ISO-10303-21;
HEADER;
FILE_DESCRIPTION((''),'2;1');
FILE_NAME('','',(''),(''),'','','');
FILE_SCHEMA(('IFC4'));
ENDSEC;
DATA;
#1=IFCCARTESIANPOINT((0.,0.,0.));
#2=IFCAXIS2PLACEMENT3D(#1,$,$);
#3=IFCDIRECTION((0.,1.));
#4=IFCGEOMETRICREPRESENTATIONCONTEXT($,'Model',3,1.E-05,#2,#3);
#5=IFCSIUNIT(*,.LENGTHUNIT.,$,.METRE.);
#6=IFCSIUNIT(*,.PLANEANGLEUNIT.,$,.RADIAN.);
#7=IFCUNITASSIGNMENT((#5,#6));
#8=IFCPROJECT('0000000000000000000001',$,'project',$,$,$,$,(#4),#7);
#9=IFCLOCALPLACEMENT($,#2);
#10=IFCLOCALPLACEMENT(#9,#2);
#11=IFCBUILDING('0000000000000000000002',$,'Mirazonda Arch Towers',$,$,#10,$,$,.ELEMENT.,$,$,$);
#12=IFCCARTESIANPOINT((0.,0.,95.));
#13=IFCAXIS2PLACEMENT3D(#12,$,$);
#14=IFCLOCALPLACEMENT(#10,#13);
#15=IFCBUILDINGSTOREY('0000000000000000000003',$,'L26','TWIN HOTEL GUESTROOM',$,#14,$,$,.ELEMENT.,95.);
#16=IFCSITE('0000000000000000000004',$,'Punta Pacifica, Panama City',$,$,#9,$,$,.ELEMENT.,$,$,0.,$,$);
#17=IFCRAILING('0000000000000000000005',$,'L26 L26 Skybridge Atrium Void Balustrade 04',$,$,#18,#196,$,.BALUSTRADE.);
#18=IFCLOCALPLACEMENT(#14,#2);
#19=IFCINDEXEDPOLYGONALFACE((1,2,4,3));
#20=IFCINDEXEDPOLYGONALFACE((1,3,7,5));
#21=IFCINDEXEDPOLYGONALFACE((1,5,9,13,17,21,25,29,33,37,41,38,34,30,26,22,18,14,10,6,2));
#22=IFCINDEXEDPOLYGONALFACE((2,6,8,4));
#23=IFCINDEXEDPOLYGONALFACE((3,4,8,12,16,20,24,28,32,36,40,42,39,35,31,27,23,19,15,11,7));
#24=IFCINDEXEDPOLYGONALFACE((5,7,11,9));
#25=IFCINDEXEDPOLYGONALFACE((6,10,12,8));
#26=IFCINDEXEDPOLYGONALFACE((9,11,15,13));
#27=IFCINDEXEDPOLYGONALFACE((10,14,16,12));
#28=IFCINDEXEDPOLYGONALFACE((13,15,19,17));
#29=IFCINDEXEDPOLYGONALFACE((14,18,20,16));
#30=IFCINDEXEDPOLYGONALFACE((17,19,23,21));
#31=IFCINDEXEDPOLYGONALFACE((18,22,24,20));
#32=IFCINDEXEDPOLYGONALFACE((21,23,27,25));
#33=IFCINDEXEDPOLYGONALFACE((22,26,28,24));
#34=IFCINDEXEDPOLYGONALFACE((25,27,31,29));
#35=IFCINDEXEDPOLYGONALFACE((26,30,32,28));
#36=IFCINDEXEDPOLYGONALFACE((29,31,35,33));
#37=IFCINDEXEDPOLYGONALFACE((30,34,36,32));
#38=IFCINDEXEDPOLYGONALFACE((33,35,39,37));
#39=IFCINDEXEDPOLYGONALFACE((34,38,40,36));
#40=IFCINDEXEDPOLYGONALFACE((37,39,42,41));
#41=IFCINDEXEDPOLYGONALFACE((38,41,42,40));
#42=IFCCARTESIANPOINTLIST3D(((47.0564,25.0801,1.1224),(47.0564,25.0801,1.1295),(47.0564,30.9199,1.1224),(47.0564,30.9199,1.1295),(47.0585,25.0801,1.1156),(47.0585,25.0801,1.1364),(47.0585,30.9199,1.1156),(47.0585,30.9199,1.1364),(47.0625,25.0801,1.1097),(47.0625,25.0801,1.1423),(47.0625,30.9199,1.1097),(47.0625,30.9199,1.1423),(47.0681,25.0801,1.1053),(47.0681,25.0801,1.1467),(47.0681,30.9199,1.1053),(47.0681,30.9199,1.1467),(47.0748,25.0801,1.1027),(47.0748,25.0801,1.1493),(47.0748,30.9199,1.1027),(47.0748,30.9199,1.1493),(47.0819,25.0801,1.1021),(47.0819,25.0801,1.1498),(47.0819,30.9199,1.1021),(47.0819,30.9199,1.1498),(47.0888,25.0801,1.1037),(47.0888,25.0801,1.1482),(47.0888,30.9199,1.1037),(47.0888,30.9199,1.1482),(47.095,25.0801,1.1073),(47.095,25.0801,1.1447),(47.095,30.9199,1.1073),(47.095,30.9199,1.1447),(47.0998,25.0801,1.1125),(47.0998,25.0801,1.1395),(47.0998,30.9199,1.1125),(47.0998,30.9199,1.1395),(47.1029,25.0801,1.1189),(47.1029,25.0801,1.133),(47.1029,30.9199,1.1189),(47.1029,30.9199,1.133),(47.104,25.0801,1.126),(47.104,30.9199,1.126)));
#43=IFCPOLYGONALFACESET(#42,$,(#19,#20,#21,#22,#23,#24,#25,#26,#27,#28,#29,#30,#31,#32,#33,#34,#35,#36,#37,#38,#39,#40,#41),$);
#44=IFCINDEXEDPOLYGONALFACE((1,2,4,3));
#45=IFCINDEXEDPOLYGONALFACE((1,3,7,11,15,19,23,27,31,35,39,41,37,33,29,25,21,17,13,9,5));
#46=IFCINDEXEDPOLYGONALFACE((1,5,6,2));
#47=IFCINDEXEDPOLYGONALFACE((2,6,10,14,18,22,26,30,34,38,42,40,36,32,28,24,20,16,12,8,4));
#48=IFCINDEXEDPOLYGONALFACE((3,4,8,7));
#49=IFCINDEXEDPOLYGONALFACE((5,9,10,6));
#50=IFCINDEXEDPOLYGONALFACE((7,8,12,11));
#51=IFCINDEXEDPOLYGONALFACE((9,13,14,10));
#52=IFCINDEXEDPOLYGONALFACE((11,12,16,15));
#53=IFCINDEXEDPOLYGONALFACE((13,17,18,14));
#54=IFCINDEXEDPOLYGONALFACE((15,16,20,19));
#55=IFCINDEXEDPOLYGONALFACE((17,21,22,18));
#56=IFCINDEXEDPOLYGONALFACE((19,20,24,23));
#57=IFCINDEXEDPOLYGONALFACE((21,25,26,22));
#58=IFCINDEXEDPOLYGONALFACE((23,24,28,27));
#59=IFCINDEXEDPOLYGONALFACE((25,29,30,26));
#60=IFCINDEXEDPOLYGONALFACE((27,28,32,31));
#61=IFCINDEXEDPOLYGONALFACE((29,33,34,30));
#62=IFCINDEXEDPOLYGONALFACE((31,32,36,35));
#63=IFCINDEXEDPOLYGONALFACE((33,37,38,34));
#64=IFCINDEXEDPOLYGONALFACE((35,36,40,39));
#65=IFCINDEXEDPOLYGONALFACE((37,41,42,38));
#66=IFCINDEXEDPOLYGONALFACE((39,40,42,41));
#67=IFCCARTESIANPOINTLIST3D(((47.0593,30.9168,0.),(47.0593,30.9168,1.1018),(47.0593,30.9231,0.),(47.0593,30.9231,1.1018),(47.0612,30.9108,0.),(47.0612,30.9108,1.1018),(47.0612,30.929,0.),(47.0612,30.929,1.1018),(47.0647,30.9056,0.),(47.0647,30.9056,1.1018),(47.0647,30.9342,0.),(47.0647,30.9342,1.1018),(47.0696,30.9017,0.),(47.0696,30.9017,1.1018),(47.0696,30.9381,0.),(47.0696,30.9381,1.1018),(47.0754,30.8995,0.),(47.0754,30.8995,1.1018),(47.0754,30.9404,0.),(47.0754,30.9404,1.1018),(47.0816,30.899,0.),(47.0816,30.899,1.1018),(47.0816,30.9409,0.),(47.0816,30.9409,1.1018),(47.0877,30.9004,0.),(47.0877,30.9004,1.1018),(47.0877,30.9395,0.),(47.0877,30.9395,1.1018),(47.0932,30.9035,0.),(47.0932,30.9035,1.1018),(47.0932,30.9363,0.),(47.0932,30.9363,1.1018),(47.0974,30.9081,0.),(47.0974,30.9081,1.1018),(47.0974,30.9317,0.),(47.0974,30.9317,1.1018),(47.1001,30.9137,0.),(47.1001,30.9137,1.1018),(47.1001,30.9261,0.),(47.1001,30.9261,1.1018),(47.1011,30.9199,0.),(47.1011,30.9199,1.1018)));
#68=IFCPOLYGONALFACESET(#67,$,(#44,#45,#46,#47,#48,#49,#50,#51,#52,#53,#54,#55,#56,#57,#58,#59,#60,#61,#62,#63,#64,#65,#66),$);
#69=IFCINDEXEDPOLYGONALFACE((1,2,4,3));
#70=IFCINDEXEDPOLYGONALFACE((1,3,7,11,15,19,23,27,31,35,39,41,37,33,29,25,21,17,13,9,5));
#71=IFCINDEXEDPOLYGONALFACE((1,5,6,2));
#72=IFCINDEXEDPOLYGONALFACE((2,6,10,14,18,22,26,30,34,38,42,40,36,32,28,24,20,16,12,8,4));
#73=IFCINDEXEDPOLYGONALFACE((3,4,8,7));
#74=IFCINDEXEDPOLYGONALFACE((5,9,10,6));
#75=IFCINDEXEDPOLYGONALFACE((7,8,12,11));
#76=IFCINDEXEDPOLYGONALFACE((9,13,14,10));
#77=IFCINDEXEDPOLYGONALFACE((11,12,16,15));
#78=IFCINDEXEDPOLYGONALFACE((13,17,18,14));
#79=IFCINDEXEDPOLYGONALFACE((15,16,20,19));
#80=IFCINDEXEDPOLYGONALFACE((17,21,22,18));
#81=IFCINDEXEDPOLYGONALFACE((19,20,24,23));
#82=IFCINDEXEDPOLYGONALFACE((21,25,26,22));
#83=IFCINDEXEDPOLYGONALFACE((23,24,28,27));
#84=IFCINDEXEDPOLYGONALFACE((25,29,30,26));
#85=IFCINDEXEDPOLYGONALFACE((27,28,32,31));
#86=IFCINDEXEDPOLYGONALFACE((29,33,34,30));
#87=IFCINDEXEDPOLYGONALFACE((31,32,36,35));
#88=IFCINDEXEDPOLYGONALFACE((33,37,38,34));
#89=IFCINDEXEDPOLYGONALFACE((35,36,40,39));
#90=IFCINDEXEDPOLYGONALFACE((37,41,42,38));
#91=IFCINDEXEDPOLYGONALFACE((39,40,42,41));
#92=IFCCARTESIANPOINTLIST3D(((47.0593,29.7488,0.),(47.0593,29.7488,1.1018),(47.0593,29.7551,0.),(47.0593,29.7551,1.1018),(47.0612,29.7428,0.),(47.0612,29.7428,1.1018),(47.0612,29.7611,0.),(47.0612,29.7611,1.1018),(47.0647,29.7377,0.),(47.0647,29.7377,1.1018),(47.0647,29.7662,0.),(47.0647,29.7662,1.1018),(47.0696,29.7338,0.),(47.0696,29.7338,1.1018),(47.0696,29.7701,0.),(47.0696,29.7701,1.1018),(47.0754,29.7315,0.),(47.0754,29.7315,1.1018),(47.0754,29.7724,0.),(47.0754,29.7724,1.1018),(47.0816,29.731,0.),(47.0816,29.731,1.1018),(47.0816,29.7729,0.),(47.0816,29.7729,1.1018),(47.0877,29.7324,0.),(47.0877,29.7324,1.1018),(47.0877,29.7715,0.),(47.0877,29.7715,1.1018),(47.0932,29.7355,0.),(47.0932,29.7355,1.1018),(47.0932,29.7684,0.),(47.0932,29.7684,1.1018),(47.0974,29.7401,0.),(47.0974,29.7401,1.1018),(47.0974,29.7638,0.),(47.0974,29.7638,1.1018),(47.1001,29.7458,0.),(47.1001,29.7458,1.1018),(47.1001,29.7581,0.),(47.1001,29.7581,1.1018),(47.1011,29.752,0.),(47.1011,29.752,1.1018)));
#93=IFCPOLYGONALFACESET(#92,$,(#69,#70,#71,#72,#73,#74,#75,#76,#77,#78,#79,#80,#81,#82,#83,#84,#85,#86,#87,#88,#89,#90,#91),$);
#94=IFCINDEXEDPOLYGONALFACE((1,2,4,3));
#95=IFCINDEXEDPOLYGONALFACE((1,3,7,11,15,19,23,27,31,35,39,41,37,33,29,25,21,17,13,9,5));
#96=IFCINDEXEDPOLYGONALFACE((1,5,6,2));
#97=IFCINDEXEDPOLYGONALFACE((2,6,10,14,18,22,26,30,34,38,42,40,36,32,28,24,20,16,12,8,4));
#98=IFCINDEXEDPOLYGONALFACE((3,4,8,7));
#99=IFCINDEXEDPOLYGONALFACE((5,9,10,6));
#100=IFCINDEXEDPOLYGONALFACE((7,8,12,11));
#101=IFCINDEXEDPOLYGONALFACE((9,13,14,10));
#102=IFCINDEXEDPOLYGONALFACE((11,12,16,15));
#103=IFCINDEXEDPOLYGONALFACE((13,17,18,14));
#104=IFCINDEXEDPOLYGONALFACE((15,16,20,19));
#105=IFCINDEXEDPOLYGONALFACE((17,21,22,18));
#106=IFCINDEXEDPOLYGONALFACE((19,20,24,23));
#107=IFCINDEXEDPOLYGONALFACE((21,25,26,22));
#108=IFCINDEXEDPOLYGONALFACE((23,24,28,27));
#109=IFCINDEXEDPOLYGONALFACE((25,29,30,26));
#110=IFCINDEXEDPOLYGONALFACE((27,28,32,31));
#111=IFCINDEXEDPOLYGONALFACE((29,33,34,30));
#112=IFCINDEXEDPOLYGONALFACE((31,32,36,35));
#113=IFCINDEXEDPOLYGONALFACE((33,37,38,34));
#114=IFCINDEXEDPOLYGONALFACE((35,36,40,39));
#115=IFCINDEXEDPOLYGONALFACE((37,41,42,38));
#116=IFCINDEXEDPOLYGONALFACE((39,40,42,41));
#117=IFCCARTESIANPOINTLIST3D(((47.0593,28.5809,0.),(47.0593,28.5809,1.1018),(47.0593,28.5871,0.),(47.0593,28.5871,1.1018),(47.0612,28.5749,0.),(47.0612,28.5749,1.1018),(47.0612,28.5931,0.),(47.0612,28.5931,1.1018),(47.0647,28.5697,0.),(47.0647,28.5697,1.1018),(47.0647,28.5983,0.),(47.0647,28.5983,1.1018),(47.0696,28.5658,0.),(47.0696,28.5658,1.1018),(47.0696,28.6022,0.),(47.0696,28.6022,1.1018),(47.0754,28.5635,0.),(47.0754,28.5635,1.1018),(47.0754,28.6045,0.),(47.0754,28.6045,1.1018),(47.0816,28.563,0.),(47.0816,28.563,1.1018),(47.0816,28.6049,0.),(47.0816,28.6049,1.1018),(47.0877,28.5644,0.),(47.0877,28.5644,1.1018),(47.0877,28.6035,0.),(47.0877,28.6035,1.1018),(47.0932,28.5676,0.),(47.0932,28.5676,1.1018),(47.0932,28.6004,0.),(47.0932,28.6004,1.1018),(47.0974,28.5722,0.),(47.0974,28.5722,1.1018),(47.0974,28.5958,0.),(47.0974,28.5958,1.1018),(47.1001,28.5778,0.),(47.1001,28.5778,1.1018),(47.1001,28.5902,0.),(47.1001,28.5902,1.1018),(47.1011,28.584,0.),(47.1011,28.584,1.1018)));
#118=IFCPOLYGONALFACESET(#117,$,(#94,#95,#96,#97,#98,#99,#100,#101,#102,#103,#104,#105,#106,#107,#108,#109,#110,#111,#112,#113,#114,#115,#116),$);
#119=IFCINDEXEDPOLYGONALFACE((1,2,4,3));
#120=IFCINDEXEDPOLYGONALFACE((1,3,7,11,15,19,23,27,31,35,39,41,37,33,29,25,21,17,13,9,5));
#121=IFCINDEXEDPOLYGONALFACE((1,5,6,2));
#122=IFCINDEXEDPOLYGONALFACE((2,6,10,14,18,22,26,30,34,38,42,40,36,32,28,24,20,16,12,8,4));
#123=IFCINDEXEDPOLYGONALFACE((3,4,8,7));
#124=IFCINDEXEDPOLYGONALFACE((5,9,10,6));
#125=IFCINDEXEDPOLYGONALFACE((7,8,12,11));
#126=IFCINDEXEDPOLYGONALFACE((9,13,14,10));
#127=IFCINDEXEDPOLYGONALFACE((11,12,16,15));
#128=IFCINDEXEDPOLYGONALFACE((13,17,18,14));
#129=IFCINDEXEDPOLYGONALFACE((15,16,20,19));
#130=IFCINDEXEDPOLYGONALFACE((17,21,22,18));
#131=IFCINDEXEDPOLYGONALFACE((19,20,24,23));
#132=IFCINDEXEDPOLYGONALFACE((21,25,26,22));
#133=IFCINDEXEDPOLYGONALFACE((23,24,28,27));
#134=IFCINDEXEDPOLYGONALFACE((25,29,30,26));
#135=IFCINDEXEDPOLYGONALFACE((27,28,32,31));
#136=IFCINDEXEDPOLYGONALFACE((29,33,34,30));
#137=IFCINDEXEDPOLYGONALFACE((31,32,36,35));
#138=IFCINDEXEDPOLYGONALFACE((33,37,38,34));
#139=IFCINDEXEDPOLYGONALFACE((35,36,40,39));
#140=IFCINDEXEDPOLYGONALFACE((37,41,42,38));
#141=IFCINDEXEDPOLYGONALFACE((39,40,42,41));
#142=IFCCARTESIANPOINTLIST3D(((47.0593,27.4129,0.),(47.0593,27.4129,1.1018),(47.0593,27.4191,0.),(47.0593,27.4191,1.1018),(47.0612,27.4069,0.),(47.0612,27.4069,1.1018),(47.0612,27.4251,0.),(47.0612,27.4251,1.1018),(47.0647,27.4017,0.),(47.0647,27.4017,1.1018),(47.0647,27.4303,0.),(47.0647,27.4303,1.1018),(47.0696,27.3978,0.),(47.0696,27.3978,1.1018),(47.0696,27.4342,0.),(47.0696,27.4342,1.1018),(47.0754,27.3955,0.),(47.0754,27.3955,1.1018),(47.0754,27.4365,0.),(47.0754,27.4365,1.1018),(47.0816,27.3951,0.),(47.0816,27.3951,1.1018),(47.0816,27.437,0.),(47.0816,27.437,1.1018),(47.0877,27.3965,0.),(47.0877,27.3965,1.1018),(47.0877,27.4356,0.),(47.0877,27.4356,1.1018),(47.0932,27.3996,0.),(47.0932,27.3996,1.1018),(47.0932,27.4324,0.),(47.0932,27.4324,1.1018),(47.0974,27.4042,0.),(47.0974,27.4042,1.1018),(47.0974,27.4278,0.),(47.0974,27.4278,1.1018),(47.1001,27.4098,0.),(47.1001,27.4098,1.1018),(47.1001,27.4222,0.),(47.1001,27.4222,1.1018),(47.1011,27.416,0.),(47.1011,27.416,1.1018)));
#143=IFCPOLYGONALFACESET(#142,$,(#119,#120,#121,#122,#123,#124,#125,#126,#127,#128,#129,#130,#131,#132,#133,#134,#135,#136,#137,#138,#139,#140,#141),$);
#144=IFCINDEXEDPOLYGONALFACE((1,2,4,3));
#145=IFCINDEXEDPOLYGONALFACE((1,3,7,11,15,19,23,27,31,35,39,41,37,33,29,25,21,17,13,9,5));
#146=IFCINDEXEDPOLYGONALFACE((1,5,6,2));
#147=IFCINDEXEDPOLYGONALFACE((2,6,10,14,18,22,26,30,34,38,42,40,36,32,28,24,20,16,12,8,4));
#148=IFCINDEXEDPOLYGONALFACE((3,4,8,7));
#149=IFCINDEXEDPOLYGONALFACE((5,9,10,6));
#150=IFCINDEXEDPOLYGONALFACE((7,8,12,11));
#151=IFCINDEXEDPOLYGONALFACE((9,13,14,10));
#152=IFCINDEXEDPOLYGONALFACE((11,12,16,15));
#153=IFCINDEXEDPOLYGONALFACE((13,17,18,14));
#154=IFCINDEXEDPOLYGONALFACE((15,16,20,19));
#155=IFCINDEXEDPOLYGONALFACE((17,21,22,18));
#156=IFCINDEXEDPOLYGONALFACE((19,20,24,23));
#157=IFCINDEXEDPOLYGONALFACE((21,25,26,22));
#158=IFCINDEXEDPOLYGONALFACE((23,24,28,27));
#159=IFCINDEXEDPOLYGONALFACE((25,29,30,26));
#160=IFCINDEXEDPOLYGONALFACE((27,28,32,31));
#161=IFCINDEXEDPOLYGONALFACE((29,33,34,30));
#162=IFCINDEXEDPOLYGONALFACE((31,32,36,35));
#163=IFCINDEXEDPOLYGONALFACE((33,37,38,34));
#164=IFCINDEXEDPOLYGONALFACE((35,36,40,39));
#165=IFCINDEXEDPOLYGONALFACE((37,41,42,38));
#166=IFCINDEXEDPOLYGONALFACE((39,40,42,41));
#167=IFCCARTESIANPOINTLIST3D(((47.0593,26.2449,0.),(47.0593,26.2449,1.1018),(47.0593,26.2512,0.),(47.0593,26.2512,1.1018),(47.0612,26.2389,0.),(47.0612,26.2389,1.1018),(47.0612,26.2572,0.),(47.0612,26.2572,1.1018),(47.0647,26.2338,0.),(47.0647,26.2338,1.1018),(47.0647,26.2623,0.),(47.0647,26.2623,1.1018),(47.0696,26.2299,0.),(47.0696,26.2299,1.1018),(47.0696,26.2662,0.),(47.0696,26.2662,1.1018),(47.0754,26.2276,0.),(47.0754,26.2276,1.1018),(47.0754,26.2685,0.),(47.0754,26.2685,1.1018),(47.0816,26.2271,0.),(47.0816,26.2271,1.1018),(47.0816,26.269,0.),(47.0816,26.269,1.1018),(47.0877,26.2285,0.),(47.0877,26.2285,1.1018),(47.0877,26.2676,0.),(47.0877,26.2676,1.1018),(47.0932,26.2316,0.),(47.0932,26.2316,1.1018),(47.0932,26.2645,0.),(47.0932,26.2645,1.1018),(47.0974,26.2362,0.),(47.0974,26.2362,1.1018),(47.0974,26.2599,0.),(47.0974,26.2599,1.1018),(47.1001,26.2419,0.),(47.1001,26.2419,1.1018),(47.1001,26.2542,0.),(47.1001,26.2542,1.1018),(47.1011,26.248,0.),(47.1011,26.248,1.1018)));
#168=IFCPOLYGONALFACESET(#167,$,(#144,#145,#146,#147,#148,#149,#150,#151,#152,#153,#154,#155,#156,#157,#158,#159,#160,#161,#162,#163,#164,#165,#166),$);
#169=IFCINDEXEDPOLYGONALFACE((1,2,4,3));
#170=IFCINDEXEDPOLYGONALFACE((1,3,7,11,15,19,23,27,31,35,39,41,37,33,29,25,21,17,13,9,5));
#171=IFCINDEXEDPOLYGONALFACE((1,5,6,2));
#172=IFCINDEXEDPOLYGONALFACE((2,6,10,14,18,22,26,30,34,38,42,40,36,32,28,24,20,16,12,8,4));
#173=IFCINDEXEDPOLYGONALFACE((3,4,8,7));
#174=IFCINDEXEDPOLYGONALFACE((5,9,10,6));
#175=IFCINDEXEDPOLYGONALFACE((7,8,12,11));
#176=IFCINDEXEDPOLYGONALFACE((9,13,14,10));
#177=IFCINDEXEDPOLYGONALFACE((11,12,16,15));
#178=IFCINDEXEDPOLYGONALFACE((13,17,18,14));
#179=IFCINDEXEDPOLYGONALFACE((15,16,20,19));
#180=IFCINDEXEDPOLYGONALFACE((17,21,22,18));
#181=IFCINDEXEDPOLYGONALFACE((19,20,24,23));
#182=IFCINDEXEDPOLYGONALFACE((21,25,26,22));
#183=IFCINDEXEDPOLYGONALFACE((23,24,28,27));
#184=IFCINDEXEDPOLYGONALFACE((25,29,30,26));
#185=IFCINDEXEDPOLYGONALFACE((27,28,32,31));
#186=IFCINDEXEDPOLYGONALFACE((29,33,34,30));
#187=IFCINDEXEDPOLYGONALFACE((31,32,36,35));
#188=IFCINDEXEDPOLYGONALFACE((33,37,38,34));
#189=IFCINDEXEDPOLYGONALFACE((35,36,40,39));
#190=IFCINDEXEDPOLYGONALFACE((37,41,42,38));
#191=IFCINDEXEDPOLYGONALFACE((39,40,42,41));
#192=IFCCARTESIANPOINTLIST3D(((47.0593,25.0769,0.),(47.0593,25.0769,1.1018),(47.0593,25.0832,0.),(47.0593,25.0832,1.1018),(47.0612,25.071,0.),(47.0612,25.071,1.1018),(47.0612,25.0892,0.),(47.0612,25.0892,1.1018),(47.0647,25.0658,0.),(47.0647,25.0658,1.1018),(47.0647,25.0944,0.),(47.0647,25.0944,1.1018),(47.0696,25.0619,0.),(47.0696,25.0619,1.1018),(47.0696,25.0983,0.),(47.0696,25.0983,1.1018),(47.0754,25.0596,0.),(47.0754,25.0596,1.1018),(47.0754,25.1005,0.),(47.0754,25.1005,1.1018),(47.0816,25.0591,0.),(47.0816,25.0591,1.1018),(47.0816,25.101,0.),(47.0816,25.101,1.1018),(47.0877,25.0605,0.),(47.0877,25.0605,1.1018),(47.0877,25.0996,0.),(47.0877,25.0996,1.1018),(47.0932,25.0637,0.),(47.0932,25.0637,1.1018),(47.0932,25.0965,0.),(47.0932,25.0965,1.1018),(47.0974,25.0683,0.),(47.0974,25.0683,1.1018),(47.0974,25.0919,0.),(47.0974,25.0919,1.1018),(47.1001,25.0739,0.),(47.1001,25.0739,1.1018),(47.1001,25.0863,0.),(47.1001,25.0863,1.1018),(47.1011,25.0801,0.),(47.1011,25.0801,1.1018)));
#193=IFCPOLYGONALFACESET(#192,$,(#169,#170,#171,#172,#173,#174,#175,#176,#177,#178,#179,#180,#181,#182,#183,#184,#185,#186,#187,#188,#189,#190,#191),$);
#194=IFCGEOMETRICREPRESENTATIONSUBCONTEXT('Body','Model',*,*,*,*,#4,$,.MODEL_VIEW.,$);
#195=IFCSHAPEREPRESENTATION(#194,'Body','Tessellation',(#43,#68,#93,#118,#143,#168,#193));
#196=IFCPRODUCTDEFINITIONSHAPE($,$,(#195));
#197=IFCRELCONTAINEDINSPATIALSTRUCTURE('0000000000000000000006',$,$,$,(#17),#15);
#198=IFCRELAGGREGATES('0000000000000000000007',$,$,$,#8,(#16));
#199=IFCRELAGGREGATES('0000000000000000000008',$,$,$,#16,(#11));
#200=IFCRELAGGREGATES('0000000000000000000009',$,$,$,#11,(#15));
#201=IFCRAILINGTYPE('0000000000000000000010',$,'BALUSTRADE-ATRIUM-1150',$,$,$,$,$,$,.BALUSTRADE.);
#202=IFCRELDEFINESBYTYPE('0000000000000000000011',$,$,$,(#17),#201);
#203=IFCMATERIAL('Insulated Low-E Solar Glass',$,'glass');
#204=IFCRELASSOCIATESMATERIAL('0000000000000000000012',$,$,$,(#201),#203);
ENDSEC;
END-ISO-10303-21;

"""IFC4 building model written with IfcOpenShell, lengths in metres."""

from ifc_helpers import new_model, si_unit, direction, frame, origin, origin_2d, place, context, subcontext, project, spatial, circle, extrude, material, type_object, element, save


model = new_model("IFC4")

# Units and contexts
model_context = context("Model", 3, precision=1e-05, world=origin(), true_north=direction((0.0, 1.0)))
body_context = subcontext(model_context, "Body", "Model", "MODEL_VIEW")
ifc_project = project(units=[si_unit("LENGTHUNIT", "METRE"), si_unit("PLANEANGLEUNIT", "RADIAN")], contexts=[model_context])

# Site, building, storey
site_placement = place(None, origin())
site = spatial("IfcSite", under=ifc_project, at=site_placement, Name="Punta Pacifica, Panama City", CompositionType="ELEMENT", RefElevation=0.0)
building_placement = place(site_placement, origin())
building = spatial("IfcBuilding", under=site, at=building_placement, Name="Mirazonda Arch Towers", CompositionType="ELEMENT")
storey_placement = place(building_placement, frame((0.0, 0.0, 95.0)))
storey = spatial("IfcBuildingStorey", under=building, at=storey_placement, Name="L26", Description="TWIN HOTEL GUESTROOM", CompositionType="ELEMENT", Elevation=95.0)

# Shared definitions
ifc_material_1 = material(Name="Insulated Low-E Solar Glass", Category="glass")

# Railing
railing_type = type_object("IfcRailingType", Name="BALUSTRADE-ATRIUM-1150", PredefinedType="BALUSTRADE", material=ifc_material_1)
railing_1_placement = place(storey_placement, frame((47.0801, 30.9199, 0.0)))
element("IfcRailing", 1, at=railing_1_placement, inside=storey, type_object=railing_type, Name="L26 L26 Skybridge Atrium Void Balustrade 04", PredefinedType="BALUSTRADE", context=body_context, shape_type="SweptSolid", body=[
    extrude(circle(Radius=0.0239, at=origin_2d()), frame((0.0, 0.0, 1.126), z_axis=(0.0, -1.0, 0.0), x_axis=(1.0, 0.0, 0.0)), (0.0, 0.0, 1.0), 5.8398),
    extrude(circle(Radius=0.021, at=origin_2d()), origin(), (0.0, 0.0, 1.0), 1.1018),
    extrude(circle(Radius=0.021, at=origin_2d()), frame((0.0, -1.168, 0.0)), (0.0, 0.0, 1.0), 1.1018),
    extrude(circle(Radius=0.021, at=origin_2d()), frame((0.0, -2.3359, 0.0)), (0.0, 0.0, 1.0), 1.1018),
    extrude(circle(Radius=0.021, at=origin_2d()), frame((0.0, -3.5039, 0.0)), (0.0, 0.0, 1.0), 1.1018),
    extrude(circle(Radius=0.021, at=origin_2d()), frame((0.0, -4.6719, 0.0)), (0.0, 0.0, 1.0), 1.1018),
    extrude(circle(Radius=0.021, at=origin_2d()), frame((0.0, -5.8398, 0.0)), (0.0, 0.0, 1.0), 1.1018),
])

save(model, "model.ifc")
